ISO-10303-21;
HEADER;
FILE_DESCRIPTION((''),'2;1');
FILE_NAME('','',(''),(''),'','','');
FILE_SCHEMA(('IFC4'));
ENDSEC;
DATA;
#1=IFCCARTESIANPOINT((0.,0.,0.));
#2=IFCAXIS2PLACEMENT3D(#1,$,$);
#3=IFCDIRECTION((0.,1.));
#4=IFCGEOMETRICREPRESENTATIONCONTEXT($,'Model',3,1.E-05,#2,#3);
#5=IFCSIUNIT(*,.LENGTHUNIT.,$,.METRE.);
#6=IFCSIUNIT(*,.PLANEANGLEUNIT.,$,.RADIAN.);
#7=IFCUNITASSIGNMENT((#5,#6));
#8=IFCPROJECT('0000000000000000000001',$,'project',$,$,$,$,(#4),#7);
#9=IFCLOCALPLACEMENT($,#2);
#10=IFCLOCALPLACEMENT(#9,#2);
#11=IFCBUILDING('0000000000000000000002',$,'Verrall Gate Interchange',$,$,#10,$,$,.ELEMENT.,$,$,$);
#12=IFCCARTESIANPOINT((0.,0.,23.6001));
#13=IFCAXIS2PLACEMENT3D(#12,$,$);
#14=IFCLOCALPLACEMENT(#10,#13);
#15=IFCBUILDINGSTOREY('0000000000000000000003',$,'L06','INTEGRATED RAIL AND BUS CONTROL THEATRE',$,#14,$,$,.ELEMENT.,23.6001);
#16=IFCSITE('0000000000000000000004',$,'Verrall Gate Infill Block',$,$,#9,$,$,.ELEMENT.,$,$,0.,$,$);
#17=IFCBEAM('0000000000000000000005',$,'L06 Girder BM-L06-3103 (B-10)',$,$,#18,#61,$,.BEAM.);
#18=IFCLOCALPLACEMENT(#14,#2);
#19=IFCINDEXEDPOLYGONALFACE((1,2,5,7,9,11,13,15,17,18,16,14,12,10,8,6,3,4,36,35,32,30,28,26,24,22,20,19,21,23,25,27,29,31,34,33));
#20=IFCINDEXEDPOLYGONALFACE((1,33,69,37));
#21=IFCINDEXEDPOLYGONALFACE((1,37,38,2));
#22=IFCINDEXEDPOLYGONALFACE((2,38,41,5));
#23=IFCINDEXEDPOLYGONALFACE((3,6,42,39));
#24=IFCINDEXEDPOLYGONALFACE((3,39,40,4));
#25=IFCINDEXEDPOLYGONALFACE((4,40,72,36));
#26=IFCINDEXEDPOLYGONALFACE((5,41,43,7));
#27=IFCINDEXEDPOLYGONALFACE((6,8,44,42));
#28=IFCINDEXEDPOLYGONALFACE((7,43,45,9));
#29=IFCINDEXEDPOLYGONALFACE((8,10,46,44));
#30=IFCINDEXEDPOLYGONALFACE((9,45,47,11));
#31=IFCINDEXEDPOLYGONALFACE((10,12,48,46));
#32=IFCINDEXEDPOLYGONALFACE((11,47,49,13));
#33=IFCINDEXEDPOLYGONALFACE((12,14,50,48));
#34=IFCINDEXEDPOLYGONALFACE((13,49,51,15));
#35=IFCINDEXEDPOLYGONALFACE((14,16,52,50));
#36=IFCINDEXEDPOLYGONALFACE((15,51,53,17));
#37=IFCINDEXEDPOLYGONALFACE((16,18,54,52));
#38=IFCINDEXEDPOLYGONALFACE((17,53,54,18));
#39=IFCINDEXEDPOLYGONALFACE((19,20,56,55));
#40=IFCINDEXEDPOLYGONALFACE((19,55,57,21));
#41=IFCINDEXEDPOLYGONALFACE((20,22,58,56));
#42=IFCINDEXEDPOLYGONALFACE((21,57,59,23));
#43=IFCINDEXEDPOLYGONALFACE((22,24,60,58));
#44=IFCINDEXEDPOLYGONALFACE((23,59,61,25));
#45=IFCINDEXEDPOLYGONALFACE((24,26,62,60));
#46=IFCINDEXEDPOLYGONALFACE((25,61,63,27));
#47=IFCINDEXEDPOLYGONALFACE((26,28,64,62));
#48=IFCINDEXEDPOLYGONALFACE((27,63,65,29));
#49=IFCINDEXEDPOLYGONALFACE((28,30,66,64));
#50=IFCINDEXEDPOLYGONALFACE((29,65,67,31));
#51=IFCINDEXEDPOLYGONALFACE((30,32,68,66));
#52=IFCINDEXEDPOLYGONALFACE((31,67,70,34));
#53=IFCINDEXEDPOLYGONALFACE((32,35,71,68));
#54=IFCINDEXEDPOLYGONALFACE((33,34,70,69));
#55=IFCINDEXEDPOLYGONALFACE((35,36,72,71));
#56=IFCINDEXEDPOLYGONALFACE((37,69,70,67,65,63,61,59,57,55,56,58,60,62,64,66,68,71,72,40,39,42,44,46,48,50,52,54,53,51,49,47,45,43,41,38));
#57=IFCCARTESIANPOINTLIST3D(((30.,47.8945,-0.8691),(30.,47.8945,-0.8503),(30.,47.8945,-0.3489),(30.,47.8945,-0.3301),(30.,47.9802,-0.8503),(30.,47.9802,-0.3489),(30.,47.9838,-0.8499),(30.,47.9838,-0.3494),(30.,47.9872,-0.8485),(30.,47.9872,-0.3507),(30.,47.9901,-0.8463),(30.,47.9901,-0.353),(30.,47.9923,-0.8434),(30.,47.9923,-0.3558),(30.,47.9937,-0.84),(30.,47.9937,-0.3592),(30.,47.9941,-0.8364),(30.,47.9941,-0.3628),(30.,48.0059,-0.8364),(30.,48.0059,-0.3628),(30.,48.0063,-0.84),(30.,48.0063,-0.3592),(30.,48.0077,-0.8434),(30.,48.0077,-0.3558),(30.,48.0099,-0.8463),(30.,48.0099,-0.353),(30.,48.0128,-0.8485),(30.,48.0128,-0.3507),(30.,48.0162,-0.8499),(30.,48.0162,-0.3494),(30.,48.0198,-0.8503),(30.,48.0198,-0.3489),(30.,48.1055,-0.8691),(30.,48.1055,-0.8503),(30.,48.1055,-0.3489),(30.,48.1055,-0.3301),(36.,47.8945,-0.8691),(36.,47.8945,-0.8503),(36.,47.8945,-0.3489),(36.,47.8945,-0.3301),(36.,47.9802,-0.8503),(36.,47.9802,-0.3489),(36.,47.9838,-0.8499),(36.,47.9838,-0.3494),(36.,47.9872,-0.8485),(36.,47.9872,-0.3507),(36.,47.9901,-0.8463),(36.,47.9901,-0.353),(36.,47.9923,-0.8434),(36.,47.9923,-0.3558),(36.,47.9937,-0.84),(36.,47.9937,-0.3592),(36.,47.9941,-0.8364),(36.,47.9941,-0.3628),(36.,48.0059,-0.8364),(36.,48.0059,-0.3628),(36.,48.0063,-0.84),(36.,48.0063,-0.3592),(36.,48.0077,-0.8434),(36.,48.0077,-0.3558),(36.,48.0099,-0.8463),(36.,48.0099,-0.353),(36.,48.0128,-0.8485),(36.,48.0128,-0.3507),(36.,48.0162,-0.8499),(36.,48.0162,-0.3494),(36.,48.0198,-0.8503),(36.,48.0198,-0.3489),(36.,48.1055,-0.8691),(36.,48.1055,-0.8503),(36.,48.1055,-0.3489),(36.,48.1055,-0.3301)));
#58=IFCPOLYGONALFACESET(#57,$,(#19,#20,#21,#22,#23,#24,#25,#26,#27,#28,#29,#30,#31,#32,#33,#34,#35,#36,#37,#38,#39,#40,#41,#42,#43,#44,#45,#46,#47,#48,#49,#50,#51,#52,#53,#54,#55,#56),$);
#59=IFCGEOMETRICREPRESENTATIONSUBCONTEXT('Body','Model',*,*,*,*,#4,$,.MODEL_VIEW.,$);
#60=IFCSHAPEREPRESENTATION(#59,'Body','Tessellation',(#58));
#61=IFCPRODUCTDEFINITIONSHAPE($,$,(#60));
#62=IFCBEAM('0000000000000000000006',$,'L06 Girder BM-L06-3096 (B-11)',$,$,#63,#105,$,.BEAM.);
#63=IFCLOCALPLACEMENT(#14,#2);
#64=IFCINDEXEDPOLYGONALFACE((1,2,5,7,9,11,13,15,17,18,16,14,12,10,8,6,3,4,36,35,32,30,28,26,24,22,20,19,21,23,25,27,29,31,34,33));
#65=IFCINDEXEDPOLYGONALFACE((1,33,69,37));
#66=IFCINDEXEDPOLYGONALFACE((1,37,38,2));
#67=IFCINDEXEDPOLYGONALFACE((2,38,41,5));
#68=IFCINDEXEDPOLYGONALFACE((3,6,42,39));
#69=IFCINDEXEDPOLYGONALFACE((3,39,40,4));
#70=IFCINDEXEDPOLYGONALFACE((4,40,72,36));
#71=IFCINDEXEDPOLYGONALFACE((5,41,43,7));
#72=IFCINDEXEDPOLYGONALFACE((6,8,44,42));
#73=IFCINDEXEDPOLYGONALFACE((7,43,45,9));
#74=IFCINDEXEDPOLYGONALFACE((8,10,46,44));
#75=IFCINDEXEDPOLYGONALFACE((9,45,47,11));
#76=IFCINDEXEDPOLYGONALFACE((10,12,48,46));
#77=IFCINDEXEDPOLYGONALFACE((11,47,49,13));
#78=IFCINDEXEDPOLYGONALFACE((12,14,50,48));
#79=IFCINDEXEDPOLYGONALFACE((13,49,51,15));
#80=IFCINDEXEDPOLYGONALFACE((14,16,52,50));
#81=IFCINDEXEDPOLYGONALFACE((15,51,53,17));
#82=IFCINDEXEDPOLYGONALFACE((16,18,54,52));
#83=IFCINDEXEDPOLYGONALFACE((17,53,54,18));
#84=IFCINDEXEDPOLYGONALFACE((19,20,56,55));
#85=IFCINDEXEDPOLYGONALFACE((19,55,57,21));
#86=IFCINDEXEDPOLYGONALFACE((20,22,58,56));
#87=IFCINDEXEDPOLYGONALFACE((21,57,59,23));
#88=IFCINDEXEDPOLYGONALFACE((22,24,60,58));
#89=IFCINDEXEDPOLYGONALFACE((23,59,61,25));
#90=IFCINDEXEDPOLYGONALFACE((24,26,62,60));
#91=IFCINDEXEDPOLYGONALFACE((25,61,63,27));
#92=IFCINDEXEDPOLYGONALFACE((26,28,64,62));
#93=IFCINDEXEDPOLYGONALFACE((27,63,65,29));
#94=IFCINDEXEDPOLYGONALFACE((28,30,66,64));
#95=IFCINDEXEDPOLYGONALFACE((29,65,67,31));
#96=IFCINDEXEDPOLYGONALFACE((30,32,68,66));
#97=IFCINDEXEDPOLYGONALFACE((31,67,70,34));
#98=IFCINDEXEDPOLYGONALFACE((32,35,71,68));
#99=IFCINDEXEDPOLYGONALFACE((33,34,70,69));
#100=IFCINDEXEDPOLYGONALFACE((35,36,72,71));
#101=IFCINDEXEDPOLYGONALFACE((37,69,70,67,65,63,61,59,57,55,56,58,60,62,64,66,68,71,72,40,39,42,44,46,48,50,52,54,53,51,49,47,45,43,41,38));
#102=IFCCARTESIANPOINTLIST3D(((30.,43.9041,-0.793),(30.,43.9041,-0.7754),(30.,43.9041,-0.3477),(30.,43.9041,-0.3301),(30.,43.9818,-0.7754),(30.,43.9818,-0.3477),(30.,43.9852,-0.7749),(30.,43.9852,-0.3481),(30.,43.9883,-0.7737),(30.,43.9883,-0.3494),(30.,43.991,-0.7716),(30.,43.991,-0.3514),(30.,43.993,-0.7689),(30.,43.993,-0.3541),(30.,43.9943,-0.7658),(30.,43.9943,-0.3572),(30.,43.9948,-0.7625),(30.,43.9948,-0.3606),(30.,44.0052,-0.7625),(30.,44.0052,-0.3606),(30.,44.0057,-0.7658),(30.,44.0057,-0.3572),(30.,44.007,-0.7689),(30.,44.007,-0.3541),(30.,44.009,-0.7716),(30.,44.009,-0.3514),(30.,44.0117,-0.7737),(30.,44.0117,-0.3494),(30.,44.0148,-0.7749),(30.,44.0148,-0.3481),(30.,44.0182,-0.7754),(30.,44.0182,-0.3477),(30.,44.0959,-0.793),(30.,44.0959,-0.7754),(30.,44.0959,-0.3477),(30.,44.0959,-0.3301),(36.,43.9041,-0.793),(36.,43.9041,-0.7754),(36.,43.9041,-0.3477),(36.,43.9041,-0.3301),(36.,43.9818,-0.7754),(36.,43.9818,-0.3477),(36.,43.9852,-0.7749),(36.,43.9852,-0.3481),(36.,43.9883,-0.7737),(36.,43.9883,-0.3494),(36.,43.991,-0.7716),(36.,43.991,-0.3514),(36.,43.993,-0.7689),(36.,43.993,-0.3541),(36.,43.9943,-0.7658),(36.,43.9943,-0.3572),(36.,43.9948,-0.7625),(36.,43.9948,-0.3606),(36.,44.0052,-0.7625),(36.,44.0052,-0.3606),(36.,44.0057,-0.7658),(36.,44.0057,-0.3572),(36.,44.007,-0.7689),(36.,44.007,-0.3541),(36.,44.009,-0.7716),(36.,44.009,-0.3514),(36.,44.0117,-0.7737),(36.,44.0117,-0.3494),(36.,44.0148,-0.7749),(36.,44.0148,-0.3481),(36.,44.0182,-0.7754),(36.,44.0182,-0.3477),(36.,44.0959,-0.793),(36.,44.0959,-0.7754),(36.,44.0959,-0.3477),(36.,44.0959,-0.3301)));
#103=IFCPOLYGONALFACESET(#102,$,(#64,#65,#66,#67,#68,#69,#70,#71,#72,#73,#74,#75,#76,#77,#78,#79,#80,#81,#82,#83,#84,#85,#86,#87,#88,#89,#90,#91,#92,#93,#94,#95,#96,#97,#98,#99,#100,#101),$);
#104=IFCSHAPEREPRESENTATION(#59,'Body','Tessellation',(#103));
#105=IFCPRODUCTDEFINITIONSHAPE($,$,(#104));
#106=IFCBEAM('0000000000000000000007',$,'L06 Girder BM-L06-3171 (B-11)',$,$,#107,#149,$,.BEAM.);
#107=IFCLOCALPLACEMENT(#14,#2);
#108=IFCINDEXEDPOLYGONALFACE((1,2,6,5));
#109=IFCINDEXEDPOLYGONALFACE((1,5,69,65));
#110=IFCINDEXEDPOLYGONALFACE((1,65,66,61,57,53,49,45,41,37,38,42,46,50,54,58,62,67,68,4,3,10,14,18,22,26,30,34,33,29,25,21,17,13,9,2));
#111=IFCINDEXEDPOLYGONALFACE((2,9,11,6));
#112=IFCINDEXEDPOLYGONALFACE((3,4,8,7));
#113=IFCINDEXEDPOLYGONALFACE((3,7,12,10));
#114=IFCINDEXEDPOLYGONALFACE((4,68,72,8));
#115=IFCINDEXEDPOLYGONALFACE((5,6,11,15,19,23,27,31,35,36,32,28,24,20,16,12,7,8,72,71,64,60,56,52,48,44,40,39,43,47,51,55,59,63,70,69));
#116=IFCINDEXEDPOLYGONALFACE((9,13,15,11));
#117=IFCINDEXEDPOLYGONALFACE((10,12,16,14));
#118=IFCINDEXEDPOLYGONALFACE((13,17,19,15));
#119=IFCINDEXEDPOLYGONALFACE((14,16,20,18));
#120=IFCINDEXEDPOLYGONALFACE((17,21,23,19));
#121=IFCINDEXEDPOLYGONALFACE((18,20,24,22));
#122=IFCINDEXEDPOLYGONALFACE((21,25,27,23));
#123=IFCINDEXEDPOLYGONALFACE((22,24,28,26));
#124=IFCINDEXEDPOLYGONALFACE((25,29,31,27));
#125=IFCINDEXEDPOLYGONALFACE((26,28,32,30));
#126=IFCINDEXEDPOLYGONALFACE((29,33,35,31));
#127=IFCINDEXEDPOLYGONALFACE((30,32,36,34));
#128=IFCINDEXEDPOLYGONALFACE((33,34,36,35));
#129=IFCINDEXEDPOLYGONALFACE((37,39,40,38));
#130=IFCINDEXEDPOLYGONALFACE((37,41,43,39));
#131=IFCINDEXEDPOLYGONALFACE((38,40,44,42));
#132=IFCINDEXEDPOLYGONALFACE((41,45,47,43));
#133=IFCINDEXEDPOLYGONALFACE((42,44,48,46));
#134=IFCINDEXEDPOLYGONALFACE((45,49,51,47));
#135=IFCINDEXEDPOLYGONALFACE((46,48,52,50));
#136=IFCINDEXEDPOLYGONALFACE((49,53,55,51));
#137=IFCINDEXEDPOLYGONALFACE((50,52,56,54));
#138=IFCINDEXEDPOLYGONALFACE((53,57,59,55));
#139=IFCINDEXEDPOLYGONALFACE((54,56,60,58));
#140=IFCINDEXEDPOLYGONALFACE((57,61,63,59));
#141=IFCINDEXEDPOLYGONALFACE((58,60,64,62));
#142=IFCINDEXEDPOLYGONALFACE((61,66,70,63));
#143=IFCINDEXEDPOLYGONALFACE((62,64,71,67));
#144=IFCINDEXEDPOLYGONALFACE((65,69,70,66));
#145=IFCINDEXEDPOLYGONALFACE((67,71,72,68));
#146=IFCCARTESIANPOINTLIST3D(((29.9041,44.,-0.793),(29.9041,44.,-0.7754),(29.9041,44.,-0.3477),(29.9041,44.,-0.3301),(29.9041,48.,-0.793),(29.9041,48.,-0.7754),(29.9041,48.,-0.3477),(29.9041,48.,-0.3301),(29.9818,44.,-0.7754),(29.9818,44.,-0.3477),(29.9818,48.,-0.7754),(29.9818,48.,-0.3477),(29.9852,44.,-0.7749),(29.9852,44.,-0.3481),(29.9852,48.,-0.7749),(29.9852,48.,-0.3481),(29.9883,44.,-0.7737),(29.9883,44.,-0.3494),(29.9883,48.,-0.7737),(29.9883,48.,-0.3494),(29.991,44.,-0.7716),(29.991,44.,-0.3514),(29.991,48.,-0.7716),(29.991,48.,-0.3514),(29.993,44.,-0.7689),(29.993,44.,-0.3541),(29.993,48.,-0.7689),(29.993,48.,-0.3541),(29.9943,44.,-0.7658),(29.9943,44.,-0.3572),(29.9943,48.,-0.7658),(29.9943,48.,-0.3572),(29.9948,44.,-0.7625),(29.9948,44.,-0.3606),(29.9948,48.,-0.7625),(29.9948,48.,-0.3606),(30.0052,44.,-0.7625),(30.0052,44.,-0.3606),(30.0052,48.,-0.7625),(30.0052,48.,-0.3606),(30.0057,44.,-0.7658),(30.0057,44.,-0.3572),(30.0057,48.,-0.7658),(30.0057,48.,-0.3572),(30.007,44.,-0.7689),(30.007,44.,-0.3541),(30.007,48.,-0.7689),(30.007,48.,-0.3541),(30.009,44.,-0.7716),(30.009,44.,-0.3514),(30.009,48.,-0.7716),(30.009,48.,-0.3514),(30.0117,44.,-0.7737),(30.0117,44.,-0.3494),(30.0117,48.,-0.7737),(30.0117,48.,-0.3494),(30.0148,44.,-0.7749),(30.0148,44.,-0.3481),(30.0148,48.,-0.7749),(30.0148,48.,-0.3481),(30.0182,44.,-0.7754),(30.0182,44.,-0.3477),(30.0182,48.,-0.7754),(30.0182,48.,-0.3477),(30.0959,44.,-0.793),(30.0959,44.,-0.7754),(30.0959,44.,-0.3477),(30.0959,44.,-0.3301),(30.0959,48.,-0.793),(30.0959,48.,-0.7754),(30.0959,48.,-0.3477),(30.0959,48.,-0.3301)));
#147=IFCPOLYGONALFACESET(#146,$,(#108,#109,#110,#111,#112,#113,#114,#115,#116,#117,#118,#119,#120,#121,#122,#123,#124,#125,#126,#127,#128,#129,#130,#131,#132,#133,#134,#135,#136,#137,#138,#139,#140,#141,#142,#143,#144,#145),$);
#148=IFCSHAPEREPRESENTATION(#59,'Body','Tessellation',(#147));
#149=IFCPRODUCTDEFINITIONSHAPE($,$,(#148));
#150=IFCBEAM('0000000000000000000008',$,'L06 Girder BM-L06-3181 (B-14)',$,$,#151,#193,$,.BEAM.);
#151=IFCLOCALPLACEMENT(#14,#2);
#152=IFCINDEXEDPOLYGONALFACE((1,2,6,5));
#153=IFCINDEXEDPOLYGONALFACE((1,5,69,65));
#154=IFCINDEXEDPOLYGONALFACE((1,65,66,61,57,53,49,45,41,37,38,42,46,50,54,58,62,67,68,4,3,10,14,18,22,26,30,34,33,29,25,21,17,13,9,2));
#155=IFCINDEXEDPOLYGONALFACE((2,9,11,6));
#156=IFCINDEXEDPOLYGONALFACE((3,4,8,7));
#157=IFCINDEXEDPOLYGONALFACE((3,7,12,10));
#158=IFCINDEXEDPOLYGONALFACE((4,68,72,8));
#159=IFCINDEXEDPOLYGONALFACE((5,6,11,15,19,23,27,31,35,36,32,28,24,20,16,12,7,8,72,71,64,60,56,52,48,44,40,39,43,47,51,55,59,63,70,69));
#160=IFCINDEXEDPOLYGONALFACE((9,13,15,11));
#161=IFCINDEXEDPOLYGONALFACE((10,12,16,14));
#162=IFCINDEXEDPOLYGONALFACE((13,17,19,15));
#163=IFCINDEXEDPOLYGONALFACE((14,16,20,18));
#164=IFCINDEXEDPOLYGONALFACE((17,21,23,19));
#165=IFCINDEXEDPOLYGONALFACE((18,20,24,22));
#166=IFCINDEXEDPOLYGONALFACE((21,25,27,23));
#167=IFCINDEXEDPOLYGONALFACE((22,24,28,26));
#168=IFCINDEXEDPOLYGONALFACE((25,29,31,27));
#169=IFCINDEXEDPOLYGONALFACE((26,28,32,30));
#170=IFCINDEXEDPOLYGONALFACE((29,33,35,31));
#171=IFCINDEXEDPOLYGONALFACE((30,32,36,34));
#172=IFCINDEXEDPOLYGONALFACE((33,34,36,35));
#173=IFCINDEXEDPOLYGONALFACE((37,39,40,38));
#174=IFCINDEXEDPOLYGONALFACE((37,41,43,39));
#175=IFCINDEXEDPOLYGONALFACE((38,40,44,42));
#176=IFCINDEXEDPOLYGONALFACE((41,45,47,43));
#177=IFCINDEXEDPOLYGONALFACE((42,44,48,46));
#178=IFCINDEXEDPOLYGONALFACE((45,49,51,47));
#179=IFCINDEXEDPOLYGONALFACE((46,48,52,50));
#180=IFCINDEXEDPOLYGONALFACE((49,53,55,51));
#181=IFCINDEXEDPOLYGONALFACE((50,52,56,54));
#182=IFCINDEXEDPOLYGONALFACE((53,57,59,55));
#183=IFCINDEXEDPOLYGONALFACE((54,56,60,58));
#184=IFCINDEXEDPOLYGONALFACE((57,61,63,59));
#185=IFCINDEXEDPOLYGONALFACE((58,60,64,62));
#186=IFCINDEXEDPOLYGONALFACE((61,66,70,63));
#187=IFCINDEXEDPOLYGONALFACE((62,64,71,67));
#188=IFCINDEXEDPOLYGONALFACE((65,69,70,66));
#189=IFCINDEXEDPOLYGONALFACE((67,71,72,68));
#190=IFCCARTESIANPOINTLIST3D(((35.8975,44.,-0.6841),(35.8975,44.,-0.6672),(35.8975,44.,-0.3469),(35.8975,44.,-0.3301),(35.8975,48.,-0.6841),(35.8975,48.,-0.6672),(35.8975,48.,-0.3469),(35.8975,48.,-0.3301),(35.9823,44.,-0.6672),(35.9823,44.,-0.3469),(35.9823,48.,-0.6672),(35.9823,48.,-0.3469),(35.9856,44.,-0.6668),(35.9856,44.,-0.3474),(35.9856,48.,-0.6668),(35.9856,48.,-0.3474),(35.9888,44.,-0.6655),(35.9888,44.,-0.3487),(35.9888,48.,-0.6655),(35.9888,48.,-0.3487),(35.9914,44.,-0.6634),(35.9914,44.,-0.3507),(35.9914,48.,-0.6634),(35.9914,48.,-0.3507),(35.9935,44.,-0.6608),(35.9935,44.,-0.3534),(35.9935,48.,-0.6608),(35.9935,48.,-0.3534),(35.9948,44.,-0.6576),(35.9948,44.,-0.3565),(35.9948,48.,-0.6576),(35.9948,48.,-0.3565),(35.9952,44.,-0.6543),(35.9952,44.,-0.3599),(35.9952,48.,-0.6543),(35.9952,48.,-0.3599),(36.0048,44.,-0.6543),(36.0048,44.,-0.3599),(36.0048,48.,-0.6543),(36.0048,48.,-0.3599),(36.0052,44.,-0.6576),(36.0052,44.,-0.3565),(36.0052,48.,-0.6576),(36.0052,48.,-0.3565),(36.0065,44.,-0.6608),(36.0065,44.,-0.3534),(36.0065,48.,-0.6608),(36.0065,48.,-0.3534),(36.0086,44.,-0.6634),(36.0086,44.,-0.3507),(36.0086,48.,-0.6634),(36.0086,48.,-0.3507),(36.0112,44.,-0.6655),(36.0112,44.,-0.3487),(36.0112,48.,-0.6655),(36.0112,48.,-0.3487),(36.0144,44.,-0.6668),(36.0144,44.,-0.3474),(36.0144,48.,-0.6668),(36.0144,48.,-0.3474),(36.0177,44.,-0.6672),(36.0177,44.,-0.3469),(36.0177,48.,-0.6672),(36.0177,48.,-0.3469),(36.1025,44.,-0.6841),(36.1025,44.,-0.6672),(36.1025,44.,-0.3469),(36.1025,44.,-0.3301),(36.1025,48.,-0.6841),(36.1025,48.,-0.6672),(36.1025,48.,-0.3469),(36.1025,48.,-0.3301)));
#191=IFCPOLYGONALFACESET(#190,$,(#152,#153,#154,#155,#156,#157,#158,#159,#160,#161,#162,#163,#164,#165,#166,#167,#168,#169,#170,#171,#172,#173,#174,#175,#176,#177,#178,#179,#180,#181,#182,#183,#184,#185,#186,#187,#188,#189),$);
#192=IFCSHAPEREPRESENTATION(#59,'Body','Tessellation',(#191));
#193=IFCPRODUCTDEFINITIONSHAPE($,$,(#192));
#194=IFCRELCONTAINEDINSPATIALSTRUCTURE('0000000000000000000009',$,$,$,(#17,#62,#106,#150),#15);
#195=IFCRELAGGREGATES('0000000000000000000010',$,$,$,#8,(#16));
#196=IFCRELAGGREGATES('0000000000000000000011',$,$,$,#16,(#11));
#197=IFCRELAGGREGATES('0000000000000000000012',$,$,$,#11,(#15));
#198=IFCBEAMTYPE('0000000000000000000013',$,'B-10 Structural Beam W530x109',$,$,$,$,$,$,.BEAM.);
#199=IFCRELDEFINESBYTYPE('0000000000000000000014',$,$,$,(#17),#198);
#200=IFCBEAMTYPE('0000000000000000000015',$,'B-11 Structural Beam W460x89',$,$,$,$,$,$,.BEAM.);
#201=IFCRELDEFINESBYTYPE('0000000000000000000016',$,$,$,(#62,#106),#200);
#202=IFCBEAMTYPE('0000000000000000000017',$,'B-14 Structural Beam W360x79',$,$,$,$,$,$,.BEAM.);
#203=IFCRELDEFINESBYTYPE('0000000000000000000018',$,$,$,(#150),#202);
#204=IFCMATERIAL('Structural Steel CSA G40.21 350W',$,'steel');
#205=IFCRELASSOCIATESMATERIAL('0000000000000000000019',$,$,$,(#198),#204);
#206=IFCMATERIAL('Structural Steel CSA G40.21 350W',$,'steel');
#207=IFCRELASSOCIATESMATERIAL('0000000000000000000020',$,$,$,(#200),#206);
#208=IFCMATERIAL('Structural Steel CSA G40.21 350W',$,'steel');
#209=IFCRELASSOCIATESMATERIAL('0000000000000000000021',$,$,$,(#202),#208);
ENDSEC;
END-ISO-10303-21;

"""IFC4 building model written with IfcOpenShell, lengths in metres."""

from ifc_helpers import new_model, si_unit, direction, frame, origin, origin_2d, place, context, subcontext, project, spatial, i_section, extrude, material, material_profile, profile_set, type_object, element, save


model = new_model("IFC4")

# Units and contexts
model_context = context("Model", 3, precision=1e-05, world=origin(), true_north=direction((0.0, 1.0)))
body_context = subcontext(model_context, "Body", "Model", "MODEL_VIEW")
ifc_project = project(units=[si_unit("LENGTHUNIT", "METRE"), si_unit("PLANEANGLEUNIT", "RADIAN")], contexts=[model_context])

# Site, building, storey
site_placement = place(None, origin())
site = spatial("IfcSite", under=ifc_project, at=site_placement, Name="Verrall Gate Infill Block", CompositionType="ELEMENT", RefElevation=0.0)
building_placement = place(site_placement, origin())
building = spatial("IfcBuilding", under=site, at=building_placement, Name="Verrall Gate Interchange", CompositionType="ELEMENT")
storey_placement = place(building_placement, frame((0.0, 0.0, 23.6001)))
storey = spatial("IfcBuildingStorey", under=building, at=storey_placement, Name="L06", Description="INTEGRATED RAIL AND BUS CONTROL THEATRE", CompositionType="ELEMENT", Elevation=23.6001)

# Beams
ifc_material_1 = material(Name="Structural Steel CSA G40.21 350W", Category="steel")
ifc_material_profile_1 = material_profile(ifc_material_1, i_section(OverallWidth=0.2109, OverallDepth=0.5391, WebThickness=0.0117, FlangeThickness=0.0188, FilletRadius=0.0139, at=origin_2d()), Name="W530x109")
ifc_profile_set_1 = profile_set([ifc_material_profile_1], Name="Structural Steel CSA G40.21 350W")
beam_type_1 = type_object("IfcBeamType", Name="B-10 Structural Beam W530x109", PredefinedType="BEAM", material=ifc_profile_set_1)
beam_1_placement = place(storey_placement, frame((30.0, 48.0, -0.5996), z_axis=(1.0, 0.0, 0.0), x_axis=(0.0, 1.0, 0.0)))
element("IfcBeam", 1, at=beam_1_placement, inside=storey, type_object=beam_type_1, Name="L06 Girder BM-L06-3103 (B-10)", PredefinedType="BEAM", context=body_context, shape_type="SweptSolid", body=[
    extrude(i_section(OverallWidth=0.2109, OverallDepth=0.5391, WebThickness=0.0117, FlangeThickness=0.0188, FilletRadius=0.0139, at=origin_2d()), origin(), (0.0, 0.0, 1.0), 6.0),
])
ifc_material_2 = material(Name="Structural Steel CSA G40.21 350W", Category="steel")
ifc_material_profile_2 = material_profile(ifc_material_2, i_section(OverallWidth=0.1919, OverallDepth=0.4629, WebThickness=0.0105, FlangeThickness=0.0176, FilletRadius=0.0129, at=origin_2d()), Name="W460x89")
ifc_profile_set_2 = profile_set([ifc_material_profile_2], Name="Structural Steel CSA G40.21 350W")
beam_type_2 = type_object("IfcBeamType", Name="B-11 Structural Beam W460x89", PredefinedType="BEAM", material=ifc_profile_set_2)
beam_2_placement = place(storey_placement, frame((30.0, 44.0, -0.5615), z_axis=(1.0, 0.0, 0.0), x_axis=(0.0, 1.0, 0.0)))
element("IfcBeam", 2, at=beam_2_placement, inside=storey, type_object=beam_type_2, Name="L06 Girder BM-L06-3096 (B-11)", PredefinedType="BEAM", context=body_context, shape_type="SweptSolid", body=[
    extrude(i_section(OverallWidth=0.1919, OverallDepth=0.4629, WebThickness=0.0105, FlangeThickness=0.0176, FilletRadius=0.0129, at=origin_2d()), origin(), (0.0, 0.0, 1.0), 6.0),
])
beam_3_placement = place(storey_placement, frame((30.0, 44.0, -0.5615), z_axis=(0.0, 1.0, 0.0), x_axis=(-1.0, 0.0, 0.0)))
element("IfcBeam", 3, at=beam_3_placement, inside=storey, type_object=beam_type_2, Name="L06 Girder BM-L06-3171 (B-11)", PredefinedType="BEAM", context=body_context, shape_type="SweptSolid", body=[
    extrude(i_section(OverallWidth=0.1919, OverallDepth=0.4629, WebThickness=0.0105, FlangeThickness=0.0176, FilletRadius=0.0129, at=origin_2d()), origin(), (0.0, 0.0, 1.0), 4.0),
])
ifc_material_3 = material(Name="Structural Steel CSA G40.21 350W", Category="steel")
ifc_material_profile_3 = material_profile(ifc_material_3, i_section(OverallWidth=0.2051, OverallDepth=0.354, WebThickness=0.0095, FlangeThickness=0.0168, FilletRadius=0.0129, at=origin_2d()), Name="W360x79")
ifc_profile_set_3 = profile_set([ifc_material_profile_3], Name="Structural Steel CSA G40.21 350W")
beam_type_3 = type_object("IfcBeamType", Name="B-14 Structural Beam W360x79", PredefinedType="BEAM", material=ifc_profile_set_3)
beam_4_placement = place(storey_placement, frame((36.0, 44.0, -0.5071), z_axis=(0.0, 1.0, 0.0), x_axis=(-1.0, 0.0, 0.0)))
element("IfcBeam", 4, at=beam_4_placement, inside=storey, type_object=beam_type_3, Name="L06 Girder BM-L06-3181 (B-14)", PredefinedType="BEAM", context=body_context, shape_type="SweptSolid", body=[
    extrude(i_section(OverallWidth=0.2051, OverallDepth=0.354, WebThickness=0.0095, FlangeThickness=0.0168, FilletRadius=0.0129, at=origin_2d()), origin(), (0.0, 0.0, 1.0), 4.0),
])

save(model, "model.ifc")
